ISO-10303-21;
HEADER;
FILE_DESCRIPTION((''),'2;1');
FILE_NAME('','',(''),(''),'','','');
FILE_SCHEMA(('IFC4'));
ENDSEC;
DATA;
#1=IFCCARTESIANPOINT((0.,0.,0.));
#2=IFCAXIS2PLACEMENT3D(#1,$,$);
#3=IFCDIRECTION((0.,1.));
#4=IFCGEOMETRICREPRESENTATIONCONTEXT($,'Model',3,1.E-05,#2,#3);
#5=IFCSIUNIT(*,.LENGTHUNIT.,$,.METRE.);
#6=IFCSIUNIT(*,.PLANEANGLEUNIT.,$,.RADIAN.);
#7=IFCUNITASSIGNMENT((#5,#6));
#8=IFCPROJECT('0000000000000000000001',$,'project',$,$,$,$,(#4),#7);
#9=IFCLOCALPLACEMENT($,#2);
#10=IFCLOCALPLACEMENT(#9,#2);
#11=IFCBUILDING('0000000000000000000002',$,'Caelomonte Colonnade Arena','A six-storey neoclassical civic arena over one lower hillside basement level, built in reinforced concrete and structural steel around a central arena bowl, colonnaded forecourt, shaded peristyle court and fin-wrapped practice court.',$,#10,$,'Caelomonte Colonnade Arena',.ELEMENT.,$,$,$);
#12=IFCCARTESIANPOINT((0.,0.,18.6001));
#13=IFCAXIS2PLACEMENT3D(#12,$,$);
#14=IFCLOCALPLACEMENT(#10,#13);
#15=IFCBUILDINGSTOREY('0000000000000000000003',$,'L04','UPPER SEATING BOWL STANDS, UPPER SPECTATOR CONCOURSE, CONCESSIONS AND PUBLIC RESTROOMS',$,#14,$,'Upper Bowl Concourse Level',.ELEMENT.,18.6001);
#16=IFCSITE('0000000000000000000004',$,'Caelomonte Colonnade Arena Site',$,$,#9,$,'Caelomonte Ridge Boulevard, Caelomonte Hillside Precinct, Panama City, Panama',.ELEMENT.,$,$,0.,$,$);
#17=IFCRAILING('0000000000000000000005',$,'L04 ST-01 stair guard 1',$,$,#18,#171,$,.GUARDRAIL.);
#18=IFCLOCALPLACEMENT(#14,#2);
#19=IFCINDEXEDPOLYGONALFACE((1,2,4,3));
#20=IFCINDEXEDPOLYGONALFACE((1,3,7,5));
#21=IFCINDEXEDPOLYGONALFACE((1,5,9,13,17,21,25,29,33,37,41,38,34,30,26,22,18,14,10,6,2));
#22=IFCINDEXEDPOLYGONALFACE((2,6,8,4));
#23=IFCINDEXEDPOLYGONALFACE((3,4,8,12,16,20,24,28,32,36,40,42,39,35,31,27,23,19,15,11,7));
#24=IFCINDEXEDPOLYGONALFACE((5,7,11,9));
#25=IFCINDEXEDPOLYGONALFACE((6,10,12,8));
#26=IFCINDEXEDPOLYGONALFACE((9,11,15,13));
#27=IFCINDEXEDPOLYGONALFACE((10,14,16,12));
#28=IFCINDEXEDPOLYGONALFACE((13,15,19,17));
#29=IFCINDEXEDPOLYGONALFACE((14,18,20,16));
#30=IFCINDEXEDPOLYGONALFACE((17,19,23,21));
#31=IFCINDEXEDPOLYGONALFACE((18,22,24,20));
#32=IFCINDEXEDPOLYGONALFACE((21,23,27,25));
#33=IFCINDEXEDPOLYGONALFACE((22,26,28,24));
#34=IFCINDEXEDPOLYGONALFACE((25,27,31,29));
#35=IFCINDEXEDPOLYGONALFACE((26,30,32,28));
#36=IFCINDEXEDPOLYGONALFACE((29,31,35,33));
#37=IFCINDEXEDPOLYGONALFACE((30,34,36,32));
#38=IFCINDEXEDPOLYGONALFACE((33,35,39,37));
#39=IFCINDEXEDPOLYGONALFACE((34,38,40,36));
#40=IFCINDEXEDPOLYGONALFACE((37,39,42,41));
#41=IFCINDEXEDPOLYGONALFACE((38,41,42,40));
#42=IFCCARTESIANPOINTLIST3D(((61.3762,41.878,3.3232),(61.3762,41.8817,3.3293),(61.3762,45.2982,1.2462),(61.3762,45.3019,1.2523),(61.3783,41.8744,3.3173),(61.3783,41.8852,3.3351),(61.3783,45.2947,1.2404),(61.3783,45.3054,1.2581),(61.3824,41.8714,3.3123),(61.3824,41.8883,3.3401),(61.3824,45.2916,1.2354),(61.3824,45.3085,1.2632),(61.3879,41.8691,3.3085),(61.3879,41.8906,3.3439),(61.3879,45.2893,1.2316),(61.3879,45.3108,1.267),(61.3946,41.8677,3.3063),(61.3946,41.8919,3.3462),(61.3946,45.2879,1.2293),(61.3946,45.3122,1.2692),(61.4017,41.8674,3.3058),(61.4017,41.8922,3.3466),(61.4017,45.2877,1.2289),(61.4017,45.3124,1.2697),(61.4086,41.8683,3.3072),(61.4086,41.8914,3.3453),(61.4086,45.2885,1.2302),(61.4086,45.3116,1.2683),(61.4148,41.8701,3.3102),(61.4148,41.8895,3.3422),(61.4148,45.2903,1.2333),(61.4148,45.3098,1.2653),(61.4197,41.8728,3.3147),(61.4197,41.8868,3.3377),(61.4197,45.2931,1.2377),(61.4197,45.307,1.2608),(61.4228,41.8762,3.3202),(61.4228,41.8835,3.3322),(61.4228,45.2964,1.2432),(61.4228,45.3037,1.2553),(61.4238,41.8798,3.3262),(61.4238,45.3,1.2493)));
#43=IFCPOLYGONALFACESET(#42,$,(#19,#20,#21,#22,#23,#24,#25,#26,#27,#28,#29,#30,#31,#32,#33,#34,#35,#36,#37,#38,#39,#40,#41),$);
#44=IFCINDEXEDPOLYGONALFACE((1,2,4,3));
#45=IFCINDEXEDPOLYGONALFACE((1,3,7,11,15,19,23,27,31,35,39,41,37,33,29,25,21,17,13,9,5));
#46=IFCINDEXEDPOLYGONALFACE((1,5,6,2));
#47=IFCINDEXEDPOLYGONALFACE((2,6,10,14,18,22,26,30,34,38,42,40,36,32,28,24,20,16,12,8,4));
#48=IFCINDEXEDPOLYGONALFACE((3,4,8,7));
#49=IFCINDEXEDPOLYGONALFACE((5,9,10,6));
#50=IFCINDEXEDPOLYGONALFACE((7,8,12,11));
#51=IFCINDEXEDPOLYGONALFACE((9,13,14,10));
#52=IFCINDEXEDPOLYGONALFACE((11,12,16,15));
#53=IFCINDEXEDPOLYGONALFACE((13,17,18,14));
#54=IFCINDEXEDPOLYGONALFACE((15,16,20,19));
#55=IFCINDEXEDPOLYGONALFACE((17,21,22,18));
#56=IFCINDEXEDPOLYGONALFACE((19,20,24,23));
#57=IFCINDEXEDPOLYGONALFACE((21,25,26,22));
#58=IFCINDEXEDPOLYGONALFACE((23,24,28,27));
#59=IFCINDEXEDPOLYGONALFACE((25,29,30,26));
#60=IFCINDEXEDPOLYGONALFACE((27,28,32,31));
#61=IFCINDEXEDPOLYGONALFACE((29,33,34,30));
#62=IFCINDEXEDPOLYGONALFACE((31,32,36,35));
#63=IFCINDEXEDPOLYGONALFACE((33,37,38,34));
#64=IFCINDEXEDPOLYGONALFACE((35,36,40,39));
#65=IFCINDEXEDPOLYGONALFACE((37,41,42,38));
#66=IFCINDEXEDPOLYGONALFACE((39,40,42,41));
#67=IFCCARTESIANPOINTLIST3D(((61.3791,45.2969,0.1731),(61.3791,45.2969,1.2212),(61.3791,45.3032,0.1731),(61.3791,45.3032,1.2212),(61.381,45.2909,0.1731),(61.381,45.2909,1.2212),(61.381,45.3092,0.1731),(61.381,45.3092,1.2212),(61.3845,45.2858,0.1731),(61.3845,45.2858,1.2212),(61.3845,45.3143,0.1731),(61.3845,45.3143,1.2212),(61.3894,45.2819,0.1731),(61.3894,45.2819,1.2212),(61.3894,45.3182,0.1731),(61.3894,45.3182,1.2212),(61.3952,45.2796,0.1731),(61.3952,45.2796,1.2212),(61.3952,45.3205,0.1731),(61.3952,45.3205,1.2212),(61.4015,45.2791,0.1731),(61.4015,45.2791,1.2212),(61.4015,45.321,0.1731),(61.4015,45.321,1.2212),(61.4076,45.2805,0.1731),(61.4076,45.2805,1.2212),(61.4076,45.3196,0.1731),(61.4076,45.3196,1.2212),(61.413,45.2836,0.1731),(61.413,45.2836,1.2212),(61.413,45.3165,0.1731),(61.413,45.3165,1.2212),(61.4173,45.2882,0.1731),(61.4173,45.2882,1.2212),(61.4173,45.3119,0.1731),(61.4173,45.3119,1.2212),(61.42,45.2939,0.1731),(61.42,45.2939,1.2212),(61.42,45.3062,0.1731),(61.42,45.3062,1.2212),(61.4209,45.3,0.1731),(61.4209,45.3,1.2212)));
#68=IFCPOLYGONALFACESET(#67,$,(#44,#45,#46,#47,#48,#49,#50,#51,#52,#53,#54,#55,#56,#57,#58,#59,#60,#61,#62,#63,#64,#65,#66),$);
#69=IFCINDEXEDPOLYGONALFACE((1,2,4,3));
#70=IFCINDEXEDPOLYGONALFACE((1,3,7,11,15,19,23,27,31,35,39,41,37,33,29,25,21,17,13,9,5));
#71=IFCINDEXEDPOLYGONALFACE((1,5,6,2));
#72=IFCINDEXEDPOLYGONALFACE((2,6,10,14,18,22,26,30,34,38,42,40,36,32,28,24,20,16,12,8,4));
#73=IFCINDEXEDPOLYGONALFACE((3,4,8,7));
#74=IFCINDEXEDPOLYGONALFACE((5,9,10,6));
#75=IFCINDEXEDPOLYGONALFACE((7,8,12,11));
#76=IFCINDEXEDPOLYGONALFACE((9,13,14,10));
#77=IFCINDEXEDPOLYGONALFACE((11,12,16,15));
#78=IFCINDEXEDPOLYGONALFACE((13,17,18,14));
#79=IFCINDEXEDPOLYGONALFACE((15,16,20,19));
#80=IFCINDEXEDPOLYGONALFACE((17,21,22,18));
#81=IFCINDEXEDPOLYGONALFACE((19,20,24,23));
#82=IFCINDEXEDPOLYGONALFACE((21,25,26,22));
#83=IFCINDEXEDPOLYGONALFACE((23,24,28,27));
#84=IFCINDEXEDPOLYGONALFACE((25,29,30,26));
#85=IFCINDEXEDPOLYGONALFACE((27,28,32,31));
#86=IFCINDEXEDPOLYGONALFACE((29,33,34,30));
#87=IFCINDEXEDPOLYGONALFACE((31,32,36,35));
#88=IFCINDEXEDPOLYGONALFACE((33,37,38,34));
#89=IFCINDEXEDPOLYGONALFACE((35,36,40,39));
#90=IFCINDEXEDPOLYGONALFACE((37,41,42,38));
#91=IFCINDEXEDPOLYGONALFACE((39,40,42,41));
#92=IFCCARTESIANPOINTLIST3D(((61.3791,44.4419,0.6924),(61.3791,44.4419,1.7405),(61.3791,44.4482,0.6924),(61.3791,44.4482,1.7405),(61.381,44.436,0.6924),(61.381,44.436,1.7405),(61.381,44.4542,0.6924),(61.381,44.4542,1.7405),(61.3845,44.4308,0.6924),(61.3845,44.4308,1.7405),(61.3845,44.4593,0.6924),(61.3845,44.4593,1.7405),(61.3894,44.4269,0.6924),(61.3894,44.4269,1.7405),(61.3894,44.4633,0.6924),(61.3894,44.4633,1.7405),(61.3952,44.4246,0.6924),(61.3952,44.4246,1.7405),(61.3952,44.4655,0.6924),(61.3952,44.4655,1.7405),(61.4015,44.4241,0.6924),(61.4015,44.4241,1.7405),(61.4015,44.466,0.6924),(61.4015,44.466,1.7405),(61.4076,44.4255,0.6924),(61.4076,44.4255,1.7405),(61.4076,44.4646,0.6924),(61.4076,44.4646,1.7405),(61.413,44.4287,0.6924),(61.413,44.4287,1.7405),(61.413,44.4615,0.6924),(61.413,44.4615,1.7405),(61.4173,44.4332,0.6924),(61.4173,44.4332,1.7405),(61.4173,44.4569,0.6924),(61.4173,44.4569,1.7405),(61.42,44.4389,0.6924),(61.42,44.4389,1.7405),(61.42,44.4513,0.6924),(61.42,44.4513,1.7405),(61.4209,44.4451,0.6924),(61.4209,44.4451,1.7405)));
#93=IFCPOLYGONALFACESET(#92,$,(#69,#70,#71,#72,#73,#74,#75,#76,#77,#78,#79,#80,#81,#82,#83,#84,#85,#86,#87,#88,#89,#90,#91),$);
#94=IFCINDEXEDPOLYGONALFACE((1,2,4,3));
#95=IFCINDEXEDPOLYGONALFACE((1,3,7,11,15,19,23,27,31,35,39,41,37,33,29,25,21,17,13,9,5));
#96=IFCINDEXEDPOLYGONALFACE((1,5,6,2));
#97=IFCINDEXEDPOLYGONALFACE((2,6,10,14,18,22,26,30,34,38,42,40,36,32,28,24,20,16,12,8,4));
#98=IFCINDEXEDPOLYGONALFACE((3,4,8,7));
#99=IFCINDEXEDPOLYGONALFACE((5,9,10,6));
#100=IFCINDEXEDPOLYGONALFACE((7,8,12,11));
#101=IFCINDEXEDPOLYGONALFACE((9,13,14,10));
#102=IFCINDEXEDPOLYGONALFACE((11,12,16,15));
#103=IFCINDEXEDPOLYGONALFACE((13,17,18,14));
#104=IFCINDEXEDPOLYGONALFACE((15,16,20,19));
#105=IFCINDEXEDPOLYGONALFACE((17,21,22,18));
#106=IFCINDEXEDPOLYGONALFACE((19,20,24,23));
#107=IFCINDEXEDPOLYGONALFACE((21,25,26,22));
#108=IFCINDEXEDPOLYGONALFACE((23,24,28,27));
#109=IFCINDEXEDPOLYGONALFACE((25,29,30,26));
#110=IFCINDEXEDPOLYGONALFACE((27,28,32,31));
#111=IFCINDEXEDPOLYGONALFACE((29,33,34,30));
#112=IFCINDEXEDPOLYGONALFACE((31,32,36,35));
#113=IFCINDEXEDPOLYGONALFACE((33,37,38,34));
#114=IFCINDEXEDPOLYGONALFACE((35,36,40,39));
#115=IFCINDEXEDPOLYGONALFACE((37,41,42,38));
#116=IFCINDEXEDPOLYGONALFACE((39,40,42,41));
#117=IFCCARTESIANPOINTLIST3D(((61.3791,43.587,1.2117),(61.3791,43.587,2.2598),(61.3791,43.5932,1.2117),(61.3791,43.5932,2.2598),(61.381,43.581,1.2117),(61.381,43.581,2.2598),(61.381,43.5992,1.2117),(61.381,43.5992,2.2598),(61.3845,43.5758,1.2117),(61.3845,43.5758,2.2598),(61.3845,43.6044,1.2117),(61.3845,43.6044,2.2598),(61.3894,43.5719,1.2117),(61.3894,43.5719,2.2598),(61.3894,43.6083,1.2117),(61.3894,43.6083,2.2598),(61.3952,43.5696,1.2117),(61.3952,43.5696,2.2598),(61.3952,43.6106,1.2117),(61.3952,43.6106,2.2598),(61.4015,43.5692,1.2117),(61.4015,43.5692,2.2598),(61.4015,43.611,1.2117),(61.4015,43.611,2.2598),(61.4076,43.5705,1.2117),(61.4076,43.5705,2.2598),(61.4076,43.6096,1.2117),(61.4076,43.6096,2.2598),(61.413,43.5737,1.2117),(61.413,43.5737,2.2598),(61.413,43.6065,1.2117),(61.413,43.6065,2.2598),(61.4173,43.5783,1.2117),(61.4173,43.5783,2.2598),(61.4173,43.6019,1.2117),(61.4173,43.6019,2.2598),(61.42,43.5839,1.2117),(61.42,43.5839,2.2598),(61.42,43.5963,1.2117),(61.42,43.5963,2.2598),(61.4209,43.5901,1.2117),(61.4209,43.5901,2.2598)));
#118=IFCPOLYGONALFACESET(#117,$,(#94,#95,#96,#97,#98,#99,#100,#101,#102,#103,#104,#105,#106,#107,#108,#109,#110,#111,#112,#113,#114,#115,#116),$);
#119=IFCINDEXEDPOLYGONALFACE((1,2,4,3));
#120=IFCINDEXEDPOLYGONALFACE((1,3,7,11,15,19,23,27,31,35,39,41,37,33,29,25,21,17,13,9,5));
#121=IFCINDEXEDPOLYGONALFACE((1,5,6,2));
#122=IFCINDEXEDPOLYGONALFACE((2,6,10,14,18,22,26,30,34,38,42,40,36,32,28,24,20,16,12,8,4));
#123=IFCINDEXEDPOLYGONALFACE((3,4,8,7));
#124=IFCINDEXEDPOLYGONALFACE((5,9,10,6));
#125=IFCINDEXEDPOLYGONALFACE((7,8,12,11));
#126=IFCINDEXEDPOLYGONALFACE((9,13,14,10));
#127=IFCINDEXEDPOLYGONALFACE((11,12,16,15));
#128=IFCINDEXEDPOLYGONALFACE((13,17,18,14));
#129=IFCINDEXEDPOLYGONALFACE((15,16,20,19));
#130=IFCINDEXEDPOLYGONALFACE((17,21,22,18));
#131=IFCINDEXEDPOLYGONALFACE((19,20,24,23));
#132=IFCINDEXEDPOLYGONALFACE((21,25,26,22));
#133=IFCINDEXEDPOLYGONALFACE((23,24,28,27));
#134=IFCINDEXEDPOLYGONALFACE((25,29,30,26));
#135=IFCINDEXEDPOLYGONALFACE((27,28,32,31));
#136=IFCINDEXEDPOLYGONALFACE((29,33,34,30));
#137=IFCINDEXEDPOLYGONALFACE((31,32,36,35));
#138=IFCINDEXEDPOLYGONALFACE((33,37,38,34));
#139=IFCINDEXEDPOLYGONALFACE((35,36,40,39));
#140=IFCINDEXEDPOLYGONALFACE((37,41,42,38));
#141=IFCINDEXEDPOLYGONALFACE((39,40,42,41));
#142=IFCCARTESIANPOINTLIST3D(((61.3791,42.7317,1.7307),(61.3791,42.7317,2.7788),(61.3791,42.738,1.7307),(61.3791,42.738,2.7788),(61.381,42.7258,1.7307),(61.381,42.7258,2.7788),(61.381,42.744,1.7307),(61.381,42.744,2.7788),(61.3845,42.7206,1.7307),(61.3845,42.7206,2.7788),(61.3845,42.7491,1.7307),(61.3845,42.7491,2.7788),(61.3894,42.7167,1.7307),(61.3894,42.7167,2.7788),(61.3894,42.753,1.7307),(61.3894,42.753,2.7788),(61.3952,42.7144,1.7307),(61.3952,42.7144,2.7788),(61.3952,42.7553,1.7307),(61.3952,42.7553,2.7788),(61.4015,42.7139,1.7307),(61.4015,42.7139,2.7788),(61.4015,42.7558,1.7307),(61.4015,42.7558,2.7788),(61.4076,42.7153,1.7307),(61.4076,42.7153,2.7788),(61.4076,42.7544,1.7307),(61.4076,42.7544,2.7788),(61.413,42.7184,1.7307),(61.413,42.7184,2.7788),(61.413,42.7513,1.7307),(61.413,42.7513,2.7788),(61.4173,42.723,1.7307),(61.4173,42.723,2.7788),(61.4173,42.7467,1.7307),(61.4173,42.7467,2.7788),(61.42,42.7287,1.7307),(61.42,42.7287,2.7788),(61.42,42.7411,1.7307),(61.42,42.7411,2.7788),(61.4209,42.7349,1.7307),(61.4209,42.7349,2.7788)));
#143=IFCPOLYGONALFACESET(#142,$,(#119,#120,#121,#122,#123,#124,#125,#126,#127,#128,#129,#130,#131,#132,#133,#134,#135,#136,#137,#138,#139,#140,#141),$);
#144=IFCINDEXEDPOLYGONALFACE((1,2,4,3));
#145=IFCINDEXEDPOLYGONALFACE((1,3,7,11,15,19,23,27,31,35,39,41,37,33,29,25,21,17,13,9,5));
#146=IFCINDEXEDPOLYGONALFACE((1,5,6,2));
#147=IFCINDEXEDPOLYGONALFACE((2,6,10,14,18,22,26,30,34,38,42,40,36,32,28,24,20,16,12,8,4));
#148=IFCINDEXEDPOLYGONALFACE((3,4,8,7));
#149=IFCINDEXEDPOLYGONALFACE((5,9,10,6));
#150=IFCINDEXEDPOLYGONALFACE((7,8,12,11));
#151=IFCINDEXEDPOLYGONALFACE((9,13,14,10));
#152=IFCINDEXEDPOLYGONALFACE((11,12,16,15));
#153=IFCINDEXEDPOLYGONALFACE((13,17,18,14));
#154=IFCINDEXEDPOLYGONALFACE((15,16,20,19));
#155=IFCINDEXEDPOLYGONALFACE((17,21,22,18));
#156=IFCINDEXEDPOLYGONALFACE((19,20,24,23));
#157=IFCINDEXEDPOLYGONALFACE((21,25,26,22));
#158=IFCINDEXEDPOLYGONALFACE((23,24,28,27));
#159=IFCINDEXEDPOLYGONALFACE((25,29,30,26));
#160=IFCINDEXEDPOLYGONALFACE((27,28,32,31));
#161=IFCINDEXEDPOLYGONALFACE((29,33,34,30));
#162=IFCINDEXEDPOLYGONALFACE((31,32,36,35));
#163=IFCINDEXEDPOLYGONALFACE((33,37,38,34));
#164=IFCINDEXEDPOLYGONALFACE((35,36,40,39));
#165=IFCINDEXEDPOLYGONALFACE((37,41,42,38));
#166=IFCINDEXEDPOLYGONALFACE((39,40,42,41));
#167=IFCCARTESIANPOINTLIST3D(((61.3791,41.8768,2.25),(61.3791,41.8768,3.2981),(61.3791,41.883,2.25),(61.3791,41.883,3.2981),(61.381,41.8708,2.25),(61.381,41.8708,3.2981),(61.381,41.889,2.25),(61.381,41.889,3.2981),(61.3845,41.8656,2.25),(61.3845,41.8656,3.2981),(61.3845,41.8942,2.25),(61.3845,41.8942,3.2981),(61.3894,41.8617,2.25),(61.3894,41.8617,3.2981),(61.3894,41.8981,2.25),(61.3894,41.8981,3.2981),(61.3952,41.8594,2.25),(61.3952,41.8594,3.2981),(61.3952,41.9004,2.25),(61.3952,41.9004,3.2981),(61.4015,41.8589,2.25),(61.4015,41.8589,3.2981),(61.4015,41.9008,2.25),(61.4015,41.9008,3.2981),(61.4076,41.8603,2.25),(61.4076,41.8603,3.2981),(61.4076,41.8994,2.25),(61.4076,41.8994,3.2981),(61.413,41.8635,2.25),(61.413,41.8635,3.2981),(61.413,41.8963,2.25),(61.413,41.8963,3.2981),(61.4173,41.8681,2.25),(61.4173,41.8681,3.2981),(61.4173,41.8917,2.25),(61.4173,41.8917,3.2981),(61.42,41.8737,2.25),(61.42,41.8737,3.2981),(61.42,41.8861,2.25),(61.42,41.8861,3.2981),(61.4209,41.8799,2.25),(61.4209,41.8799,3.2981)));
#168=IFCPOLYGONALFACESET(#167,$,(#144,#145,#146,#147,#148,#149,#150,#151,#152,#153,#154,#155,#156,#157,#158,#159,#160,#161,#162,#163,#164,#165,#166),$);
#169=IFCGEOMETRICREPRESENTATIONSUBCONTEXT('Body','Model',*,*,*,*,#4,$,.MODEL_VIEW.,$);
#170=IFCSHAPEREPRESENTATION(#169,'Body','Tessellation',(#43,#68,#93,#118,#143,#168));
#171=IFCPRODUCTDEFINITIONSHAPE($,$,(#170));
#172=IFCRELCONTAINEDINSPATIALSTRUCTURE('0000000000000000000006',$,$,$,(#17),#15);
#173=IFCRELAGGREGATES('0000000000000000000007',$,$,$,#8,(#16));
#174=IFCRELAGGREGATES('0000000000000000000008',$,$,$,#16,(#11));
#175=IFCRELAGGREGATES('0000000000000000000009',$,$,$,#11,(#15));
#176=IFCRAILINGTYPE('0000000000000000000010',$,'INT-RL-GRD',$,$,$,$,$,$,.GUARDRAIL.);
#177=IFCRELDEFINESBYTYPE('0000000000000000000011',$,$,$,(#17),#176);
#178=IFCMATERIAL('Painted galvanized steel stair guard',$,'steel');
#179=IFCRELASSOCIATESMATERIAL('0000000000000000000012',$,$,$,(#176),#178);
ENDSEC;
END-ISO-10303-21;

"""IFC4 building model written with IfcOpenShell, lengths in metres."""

from ifc_helpers import new_model, si_unit, direction, frame, origin, origin_2d, place, context, subcontext, project, spatial, circle, extrude, material, type_object, element, save


model = new_model("IFC4")

# Units and contexts
model_context = context("Model", 3, precision=1e-05, world=origin(), true_north=direction((0.0, 1.0)))
body_context = subcontext(model_context, "Body", "Model", "MODEL_VIEW")
ifc_project = project(units=[si_unit("LENGTHUNIT", "METRE"), si_unit("PLANEANGLEUNIT", "RADIAN")], contexts=[model_context])

# Site, building, storey
site_placement = place(None, origin())
site = spatial("IfcSite", under=ifc_project, at=site_placement, Name="Caelomonte Colonnade Arena Site", LongName="Caelomonte Ridge Boulevard, Caelomonte Hillside Precinct, Panama City, Panama", CompositionType="ELEMENT", RefElevation=0.0)
building_placement = place(site_placement, origin())
building = spatial("IfcBuilding", under=site, at=building_placement, Name="Caelomonte Colonnade Arena", Description="A six-storey neoclassical civic arena over one lower hillside basement level, built in reinforced concrete and structural steel around a central arena bowl, colonnaded forecourt, shaded peristyle court and fin-wrapped practice court.", LongName="Caelomonte Colonnade Arena", CompositionType="ELEMENT")
storey_placement = place(building_placement, frame((0.0, 0.0, 18.6001)))
storey = spatial("IfcBuildingStorey", under=building, at=storey_placement, Name="L04", Description="UPPER SEATING BOWL STANDS, UPPER SPECTATOR CONCOURSE, CONCESSIONS AND PUBLIC RESTROOMS", LongName="Upper Bowl Concourse Level", CompositionType="ELEMENT", Elevation=18.6001)

# Railing
ifc_material_1 = material(Name="Painted galvanized steel stair guard", Category="steel")
railing_type_1 = type_object("IfcRailingType", Name="INT-RL-GRD", PredefinedType="GUARDRAIL", material=ifc_material_1)
railing_1_placement = place(storey_placement, frame((61.3999, 45.3, 0.1731)))
element("IfcRailing", 1, at=railing_1_placement, inside=storey, type_object=railing_type_1, Name="L04 ST-01 stair guard 1", PredefinedType="GUARDRAIL", context=body_context, shape_type="SweptSolid", body=[
    extrude(circle(Radius=0.0239, at=origin_2d()), frame((0.0, 0.0, 1.0762), z_axis=(0.0, -0.854746, 0.519047), x_axis=(1.0, 0.0, 0.0)), (0.0, 0.0, 1.0), 4.0015),
    extrude(circle(Radius=0.021, at=origin_2d()), origin(), (0.0, 0.0, 1.0), 1.0481),
    extrude(circle(Radius=0.021, at=origin_2d()), frame((0.0, -0.855, 0.5193)), (0.0, 0.0, 1.0), 1.0481),
    extrude(circle(Radius=0.021, at=origin_2d()), frame((0.0, -1.71, 1.0386)), (0.0, 0.0, 1.0), 1.0481),
    extrude(circle(Radius=0.021, at=origin_2d()), frame((0.0, -2.5652, 1.5576)), (0.0, 0.0, 1.0), 1.0481),
    extrude(circle(Radius=0.021, at=origin_2d()), frame((0.0, -3.4202, 2.0769)), (0.0, 0.0, 1.0), 1.0481),
])

save(model, "model.ifc")
